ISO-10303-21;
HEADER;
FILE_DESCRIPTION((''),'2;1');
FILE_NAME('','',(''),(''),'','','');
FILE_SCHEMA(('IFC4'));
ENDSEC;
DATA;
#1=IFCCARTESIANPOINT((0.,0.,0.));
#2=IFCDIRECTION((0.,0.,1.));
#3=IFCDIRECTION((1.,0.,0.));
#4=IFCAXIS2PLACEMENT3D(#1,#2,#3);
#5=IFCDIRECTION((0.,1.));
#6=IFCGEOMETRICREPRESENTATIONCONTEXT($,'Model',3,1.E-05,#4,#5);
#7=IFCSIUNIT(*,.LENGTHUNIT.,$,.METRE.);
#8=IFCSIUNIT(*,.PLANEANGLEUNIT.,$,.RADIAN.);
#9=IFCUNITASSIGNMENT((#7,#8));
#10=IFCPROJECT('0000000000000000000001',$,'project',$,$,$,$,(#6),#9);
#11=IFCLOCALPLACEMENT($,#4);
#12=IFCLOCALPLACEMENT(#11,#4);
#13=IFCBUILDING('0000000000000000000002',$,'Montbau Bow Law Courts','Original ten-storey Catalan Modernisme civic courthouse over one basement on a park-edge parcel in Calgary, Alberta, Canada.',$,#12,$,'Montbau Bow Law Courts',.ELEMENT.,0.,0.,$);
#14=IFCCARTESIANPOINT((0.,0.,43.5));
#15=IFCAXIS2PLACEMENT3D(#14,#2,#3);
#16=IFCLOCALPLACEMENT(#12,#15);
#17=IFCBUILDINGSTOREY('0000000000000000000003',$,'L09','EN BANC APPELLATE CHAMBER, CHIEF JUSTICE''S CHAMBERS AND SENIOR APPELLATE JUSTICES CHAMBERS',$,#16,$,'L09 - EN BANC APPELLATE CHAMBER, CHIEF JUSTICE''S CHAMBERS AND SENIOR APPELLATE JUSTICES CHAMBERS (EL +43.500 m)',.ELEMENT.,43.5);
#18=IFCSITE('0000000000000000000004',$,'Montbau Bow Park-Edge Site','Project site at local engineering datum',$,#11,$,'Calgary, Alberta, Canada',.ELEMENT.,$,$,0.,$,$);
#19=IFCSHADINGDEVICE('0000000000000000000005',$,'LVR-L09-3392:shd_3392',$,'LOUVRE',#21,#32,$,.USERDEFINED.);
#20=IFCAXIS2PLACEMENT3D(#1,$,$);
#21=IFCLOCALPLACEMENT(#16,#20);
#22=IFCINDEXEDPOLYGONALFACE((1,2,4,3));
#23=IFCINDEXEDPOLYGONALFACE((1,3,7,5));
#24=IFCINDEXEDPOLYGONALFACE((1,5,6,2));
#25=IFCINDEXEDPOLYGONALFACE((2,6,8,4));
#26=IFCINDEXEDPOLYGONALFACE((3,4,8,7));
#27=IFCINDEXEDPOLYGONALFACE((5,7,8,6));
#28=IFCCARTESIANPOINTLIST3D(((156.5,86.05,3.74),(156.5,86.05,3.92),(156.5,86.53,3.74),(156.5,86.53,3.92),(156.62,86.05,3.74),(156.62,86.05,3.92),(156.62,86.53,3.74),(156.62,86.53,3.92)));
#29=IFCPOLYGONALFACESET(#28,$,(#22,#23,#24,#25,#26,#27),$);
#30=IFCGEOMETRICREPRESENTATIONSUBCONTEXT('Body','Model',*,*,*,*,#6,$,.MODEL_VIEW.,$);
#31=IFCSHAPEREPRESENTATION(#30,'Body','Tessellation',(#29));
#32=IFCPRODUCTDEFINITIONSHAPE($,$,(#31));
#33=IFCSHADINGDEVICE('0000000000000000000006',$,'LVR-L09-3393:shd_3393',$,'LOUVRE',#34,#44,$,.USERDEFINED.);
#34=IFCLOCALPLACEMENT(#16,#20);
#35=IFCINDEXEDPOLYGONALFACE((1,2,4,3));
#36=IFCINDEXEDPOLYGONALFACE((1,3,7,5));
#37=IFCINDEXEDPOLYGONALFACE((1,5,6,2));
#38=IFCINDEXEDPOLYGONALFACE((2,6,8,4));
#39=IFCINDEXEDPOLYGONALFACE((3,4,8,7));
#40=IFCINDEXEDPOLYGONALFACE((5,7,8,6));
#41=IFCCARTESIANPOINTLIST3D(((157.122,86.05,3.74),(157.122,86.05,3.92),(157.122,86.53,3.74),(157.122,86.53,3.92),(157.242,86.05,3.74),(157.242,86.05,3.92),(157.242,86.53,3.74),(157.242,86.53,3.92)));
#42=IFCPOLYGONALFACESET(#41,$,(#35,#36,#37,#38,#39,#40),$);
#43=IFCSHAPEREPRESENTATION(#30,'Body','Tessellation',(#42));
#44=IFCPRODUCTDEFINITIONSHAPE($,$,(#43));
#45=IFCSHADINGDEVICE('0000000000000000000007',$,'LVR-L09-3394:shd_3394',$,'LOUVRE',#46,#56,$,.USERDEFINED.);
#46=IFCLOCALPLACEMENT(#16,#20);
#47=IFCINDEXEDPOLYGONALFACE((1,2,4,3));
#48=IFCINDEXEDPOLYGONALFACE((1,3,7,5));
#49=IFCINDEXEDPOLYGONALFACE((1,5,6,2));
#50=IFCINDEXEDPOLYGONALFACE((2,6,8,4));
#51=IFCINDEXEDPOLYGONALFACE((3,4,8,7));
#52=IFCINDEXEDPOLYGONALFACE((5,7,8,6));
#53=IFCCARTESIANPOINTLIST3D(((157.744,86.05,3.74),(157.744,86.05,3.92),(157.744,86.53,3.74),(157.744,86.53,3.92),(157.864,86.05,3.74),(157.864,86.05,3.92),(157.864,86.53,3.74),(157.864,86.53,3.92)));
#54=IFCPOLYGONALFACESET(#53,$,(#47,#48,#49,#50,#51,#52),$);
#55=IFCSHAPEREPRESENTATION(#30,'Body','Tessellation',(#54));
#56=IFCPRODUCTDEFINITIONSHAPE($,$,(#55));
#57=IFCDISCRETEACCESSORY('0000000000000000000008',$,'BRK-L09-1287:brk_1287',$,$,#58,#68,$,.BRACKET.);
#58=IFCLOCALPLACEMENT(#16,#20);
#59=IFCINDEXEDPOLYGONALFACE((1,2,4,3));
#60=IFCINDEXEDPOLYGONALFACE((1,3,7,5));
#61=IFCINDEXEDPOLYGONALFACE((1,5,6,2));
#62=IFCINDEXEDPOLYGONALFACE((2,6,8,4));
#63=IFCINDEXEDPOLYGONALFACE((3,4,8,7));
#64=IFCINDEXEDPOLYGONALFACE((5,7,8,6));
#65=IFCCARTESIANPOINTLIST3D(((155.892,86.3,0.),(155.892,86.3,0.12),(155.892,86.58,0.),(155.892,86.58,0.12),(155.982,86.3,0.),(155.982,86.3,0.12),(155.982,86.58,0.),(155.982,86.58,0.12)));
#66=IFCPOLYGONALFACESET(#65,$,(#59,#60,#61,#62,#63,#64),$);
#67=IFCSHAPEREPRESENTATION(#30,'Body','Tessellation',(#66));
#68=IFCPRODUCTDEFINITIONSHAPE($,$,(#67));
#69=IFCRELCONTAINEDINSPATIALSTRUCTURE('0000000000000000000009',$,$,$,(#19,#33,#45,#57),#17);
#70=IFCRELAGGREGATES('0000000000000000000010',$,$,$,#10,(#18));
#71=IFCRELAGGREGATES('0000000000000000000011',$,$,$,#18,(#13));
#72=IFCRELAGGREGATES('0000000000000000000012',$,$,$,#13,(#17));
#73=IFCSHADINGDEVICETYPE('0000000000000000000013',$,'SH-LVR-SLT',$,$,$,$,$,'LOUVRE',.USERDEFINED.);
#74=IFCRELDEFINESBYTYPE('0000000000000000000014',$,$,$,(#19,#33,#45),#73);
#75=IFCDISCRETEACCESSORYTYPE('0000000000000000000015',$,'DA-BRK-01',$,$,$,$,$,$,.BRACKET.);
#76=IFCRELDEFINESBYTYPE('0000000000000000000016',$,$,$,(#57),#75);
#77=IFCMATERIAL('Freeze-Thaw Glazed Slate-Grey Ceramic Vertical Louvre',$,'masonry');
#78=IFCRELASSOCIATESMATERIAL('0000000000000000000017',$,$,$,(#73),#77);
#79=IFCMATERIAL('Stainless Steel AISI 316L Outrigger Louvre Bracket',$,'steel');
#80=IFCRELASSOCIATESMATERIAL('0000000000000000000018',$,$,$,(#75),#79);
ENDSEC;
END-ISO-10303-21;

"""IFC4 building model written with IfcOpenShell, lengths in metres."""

from ifc_helpers import new_model, si_unit, direction, frame, origin_with_axes, origin_2d_with_axis, place, context, subcontext, project, spatial, rectangle, extrude, material, type_object, element, save


model = new_model("IFC4")

# Units and contexts
model_context = context("Model", 3, precision=1e-05, world=origin_with_axes(), true_north=direction((0.0, 1.0)))
body_context = subcontext(model_context, "Body", "Model", "MODEL_VIEW")
ifc_project = project(units=[si_unit("LENGTHUNIT", "METRE"), si_unit("PLANEANGLEUNIT", "RADIAN")], contexts=[model_context])

# Site, building, storey
site_placement = place(None, origin_with_axes())
site = spatial("IfcSite", under=ifc_project, at=site_placement, Name="Montbau Bow Park-Edge Site", Description="Project site at local engineering datum", LongName="Calgary, Alberta, Canada", CompositionType="ELEMENT", RefElevation=0.0)
building_placement = place(site_placement, origin_with_axes())
building = spatial("IfcBuilding", under=site, at=building_placement, Name="Montbau Bow Law Courts", Description="Original ten-storey Catalan Modernisme civic courthouse over one basement on a park-edge parcel in Calgary, Alberta, Canada.", LongName="Montbau Bow Law Courts", CompositionType="ELEMENT", ElevationOfRefHeight=0.0, ElevationOfTerrain=0.0)
storey_placement = place(building_placement, frame((0.0, 0.0, 43.5), z_axis=(0.0, 0.0, 1.0), x_axis=(1.0, 0.0, 0.0)))
storey = spatial("IfcBuildingStorey", under=building, at=storey_placement, Name="L09", Description="EN BANC APPELLATE CHAMBER, CHIEF JUSTICE'S CHAMBERS AND SENIOR APPELLATE JUSTICES CHAMBERS", LongName="L09 - EN BANC APPELLATE CHAMBER, CHIEF JUSTICE'S CHAMBERS AND SENIOR APPELLATE JUSTICES CHAMBERS (EL +43.500 m)", CompositionType="ELEMENT", Elevation=43.5)

# Shared definitions
ifc_material_1 = material(Name="Freeze-Thaw Glazed Slate-Grey Ceramic Vertical Louvre", Category="masonry")

# Shading devices
shading_device_type = type_object("IfcShadingDeviceType", Name="SH-LVR-SLT", ElementType="LOUVRE", PredefinedType="USERDEFINED", material=ifc_material_1)
for number, where, z_axis, x_axis, name in (
    (1, (156.56, 86.29, 47.24), (0.0, 0.0, 1.0), (0.0, -1.0, 0.0), "LVR-L09-3392:shd_3392"),
    (2, (157.182, 86.29, 47.24), (0.0, 0.0, 1.0), (0.0, -1.0, 0.0), "LVR-L09-3393:shd_3393"),
    (3, (157.804, 86.29, 47.24), (0.0, 0.0, 1.0), (0.0, -1.0, 0.0), "LVR-L09-3394:shd_3394"),
):
    element("IfcShadingDevice", number, at=place(None, frame(where, z_axis=z_axis, x_axis=x_axis)), inside=storey, type_object=shading_device_type, Name=name, ObjectType="LOUVRE", PredefinedType="USERDEFINED", context=body_context, shape_type="SweptSolid", body=[
        extrude(rectangle(XDim=0.48, YDim=0.12, at=origin_2d_with_axis()), origin_with_axes(), (0.0, 0.0, 1.0), 0.18),
    ])

# Discrete accessory
ifc_material_2 = material(Name="Stainless Steel AISI 316L Outrigger Louvre Bracket", Category="steel")
discrete_accessory_type = type_object("IfcDiscreteAccessoryType", Name="DA-BRK-01", PredefinedType="BRACKET", material=ifc_material_2)
discrete_accessory_placement = place(None, frame((155.937, 86.44, 43.5), z_axis=(0.0, 0.0, 1.0), x_axis=(0.0, -1.0, 0.0)))
element("IfcDiscreteAccessory", 4, at=discrete_accessory_placement, inside=storey, type_object=discrete_accessory_type, Name="BRK-L09-1287:brk_1287", PredefinedType="BRACKET", context=body_context, shape_type="SweptSolid", body=[
    extrude(rectangle(XDim=0.28, YDim=0.09, at=origin_2d_with_axis()), origin_with_axes(), (0.0, 0.0, 1.0), 0.12),
])

save(model, "model.ifc")
